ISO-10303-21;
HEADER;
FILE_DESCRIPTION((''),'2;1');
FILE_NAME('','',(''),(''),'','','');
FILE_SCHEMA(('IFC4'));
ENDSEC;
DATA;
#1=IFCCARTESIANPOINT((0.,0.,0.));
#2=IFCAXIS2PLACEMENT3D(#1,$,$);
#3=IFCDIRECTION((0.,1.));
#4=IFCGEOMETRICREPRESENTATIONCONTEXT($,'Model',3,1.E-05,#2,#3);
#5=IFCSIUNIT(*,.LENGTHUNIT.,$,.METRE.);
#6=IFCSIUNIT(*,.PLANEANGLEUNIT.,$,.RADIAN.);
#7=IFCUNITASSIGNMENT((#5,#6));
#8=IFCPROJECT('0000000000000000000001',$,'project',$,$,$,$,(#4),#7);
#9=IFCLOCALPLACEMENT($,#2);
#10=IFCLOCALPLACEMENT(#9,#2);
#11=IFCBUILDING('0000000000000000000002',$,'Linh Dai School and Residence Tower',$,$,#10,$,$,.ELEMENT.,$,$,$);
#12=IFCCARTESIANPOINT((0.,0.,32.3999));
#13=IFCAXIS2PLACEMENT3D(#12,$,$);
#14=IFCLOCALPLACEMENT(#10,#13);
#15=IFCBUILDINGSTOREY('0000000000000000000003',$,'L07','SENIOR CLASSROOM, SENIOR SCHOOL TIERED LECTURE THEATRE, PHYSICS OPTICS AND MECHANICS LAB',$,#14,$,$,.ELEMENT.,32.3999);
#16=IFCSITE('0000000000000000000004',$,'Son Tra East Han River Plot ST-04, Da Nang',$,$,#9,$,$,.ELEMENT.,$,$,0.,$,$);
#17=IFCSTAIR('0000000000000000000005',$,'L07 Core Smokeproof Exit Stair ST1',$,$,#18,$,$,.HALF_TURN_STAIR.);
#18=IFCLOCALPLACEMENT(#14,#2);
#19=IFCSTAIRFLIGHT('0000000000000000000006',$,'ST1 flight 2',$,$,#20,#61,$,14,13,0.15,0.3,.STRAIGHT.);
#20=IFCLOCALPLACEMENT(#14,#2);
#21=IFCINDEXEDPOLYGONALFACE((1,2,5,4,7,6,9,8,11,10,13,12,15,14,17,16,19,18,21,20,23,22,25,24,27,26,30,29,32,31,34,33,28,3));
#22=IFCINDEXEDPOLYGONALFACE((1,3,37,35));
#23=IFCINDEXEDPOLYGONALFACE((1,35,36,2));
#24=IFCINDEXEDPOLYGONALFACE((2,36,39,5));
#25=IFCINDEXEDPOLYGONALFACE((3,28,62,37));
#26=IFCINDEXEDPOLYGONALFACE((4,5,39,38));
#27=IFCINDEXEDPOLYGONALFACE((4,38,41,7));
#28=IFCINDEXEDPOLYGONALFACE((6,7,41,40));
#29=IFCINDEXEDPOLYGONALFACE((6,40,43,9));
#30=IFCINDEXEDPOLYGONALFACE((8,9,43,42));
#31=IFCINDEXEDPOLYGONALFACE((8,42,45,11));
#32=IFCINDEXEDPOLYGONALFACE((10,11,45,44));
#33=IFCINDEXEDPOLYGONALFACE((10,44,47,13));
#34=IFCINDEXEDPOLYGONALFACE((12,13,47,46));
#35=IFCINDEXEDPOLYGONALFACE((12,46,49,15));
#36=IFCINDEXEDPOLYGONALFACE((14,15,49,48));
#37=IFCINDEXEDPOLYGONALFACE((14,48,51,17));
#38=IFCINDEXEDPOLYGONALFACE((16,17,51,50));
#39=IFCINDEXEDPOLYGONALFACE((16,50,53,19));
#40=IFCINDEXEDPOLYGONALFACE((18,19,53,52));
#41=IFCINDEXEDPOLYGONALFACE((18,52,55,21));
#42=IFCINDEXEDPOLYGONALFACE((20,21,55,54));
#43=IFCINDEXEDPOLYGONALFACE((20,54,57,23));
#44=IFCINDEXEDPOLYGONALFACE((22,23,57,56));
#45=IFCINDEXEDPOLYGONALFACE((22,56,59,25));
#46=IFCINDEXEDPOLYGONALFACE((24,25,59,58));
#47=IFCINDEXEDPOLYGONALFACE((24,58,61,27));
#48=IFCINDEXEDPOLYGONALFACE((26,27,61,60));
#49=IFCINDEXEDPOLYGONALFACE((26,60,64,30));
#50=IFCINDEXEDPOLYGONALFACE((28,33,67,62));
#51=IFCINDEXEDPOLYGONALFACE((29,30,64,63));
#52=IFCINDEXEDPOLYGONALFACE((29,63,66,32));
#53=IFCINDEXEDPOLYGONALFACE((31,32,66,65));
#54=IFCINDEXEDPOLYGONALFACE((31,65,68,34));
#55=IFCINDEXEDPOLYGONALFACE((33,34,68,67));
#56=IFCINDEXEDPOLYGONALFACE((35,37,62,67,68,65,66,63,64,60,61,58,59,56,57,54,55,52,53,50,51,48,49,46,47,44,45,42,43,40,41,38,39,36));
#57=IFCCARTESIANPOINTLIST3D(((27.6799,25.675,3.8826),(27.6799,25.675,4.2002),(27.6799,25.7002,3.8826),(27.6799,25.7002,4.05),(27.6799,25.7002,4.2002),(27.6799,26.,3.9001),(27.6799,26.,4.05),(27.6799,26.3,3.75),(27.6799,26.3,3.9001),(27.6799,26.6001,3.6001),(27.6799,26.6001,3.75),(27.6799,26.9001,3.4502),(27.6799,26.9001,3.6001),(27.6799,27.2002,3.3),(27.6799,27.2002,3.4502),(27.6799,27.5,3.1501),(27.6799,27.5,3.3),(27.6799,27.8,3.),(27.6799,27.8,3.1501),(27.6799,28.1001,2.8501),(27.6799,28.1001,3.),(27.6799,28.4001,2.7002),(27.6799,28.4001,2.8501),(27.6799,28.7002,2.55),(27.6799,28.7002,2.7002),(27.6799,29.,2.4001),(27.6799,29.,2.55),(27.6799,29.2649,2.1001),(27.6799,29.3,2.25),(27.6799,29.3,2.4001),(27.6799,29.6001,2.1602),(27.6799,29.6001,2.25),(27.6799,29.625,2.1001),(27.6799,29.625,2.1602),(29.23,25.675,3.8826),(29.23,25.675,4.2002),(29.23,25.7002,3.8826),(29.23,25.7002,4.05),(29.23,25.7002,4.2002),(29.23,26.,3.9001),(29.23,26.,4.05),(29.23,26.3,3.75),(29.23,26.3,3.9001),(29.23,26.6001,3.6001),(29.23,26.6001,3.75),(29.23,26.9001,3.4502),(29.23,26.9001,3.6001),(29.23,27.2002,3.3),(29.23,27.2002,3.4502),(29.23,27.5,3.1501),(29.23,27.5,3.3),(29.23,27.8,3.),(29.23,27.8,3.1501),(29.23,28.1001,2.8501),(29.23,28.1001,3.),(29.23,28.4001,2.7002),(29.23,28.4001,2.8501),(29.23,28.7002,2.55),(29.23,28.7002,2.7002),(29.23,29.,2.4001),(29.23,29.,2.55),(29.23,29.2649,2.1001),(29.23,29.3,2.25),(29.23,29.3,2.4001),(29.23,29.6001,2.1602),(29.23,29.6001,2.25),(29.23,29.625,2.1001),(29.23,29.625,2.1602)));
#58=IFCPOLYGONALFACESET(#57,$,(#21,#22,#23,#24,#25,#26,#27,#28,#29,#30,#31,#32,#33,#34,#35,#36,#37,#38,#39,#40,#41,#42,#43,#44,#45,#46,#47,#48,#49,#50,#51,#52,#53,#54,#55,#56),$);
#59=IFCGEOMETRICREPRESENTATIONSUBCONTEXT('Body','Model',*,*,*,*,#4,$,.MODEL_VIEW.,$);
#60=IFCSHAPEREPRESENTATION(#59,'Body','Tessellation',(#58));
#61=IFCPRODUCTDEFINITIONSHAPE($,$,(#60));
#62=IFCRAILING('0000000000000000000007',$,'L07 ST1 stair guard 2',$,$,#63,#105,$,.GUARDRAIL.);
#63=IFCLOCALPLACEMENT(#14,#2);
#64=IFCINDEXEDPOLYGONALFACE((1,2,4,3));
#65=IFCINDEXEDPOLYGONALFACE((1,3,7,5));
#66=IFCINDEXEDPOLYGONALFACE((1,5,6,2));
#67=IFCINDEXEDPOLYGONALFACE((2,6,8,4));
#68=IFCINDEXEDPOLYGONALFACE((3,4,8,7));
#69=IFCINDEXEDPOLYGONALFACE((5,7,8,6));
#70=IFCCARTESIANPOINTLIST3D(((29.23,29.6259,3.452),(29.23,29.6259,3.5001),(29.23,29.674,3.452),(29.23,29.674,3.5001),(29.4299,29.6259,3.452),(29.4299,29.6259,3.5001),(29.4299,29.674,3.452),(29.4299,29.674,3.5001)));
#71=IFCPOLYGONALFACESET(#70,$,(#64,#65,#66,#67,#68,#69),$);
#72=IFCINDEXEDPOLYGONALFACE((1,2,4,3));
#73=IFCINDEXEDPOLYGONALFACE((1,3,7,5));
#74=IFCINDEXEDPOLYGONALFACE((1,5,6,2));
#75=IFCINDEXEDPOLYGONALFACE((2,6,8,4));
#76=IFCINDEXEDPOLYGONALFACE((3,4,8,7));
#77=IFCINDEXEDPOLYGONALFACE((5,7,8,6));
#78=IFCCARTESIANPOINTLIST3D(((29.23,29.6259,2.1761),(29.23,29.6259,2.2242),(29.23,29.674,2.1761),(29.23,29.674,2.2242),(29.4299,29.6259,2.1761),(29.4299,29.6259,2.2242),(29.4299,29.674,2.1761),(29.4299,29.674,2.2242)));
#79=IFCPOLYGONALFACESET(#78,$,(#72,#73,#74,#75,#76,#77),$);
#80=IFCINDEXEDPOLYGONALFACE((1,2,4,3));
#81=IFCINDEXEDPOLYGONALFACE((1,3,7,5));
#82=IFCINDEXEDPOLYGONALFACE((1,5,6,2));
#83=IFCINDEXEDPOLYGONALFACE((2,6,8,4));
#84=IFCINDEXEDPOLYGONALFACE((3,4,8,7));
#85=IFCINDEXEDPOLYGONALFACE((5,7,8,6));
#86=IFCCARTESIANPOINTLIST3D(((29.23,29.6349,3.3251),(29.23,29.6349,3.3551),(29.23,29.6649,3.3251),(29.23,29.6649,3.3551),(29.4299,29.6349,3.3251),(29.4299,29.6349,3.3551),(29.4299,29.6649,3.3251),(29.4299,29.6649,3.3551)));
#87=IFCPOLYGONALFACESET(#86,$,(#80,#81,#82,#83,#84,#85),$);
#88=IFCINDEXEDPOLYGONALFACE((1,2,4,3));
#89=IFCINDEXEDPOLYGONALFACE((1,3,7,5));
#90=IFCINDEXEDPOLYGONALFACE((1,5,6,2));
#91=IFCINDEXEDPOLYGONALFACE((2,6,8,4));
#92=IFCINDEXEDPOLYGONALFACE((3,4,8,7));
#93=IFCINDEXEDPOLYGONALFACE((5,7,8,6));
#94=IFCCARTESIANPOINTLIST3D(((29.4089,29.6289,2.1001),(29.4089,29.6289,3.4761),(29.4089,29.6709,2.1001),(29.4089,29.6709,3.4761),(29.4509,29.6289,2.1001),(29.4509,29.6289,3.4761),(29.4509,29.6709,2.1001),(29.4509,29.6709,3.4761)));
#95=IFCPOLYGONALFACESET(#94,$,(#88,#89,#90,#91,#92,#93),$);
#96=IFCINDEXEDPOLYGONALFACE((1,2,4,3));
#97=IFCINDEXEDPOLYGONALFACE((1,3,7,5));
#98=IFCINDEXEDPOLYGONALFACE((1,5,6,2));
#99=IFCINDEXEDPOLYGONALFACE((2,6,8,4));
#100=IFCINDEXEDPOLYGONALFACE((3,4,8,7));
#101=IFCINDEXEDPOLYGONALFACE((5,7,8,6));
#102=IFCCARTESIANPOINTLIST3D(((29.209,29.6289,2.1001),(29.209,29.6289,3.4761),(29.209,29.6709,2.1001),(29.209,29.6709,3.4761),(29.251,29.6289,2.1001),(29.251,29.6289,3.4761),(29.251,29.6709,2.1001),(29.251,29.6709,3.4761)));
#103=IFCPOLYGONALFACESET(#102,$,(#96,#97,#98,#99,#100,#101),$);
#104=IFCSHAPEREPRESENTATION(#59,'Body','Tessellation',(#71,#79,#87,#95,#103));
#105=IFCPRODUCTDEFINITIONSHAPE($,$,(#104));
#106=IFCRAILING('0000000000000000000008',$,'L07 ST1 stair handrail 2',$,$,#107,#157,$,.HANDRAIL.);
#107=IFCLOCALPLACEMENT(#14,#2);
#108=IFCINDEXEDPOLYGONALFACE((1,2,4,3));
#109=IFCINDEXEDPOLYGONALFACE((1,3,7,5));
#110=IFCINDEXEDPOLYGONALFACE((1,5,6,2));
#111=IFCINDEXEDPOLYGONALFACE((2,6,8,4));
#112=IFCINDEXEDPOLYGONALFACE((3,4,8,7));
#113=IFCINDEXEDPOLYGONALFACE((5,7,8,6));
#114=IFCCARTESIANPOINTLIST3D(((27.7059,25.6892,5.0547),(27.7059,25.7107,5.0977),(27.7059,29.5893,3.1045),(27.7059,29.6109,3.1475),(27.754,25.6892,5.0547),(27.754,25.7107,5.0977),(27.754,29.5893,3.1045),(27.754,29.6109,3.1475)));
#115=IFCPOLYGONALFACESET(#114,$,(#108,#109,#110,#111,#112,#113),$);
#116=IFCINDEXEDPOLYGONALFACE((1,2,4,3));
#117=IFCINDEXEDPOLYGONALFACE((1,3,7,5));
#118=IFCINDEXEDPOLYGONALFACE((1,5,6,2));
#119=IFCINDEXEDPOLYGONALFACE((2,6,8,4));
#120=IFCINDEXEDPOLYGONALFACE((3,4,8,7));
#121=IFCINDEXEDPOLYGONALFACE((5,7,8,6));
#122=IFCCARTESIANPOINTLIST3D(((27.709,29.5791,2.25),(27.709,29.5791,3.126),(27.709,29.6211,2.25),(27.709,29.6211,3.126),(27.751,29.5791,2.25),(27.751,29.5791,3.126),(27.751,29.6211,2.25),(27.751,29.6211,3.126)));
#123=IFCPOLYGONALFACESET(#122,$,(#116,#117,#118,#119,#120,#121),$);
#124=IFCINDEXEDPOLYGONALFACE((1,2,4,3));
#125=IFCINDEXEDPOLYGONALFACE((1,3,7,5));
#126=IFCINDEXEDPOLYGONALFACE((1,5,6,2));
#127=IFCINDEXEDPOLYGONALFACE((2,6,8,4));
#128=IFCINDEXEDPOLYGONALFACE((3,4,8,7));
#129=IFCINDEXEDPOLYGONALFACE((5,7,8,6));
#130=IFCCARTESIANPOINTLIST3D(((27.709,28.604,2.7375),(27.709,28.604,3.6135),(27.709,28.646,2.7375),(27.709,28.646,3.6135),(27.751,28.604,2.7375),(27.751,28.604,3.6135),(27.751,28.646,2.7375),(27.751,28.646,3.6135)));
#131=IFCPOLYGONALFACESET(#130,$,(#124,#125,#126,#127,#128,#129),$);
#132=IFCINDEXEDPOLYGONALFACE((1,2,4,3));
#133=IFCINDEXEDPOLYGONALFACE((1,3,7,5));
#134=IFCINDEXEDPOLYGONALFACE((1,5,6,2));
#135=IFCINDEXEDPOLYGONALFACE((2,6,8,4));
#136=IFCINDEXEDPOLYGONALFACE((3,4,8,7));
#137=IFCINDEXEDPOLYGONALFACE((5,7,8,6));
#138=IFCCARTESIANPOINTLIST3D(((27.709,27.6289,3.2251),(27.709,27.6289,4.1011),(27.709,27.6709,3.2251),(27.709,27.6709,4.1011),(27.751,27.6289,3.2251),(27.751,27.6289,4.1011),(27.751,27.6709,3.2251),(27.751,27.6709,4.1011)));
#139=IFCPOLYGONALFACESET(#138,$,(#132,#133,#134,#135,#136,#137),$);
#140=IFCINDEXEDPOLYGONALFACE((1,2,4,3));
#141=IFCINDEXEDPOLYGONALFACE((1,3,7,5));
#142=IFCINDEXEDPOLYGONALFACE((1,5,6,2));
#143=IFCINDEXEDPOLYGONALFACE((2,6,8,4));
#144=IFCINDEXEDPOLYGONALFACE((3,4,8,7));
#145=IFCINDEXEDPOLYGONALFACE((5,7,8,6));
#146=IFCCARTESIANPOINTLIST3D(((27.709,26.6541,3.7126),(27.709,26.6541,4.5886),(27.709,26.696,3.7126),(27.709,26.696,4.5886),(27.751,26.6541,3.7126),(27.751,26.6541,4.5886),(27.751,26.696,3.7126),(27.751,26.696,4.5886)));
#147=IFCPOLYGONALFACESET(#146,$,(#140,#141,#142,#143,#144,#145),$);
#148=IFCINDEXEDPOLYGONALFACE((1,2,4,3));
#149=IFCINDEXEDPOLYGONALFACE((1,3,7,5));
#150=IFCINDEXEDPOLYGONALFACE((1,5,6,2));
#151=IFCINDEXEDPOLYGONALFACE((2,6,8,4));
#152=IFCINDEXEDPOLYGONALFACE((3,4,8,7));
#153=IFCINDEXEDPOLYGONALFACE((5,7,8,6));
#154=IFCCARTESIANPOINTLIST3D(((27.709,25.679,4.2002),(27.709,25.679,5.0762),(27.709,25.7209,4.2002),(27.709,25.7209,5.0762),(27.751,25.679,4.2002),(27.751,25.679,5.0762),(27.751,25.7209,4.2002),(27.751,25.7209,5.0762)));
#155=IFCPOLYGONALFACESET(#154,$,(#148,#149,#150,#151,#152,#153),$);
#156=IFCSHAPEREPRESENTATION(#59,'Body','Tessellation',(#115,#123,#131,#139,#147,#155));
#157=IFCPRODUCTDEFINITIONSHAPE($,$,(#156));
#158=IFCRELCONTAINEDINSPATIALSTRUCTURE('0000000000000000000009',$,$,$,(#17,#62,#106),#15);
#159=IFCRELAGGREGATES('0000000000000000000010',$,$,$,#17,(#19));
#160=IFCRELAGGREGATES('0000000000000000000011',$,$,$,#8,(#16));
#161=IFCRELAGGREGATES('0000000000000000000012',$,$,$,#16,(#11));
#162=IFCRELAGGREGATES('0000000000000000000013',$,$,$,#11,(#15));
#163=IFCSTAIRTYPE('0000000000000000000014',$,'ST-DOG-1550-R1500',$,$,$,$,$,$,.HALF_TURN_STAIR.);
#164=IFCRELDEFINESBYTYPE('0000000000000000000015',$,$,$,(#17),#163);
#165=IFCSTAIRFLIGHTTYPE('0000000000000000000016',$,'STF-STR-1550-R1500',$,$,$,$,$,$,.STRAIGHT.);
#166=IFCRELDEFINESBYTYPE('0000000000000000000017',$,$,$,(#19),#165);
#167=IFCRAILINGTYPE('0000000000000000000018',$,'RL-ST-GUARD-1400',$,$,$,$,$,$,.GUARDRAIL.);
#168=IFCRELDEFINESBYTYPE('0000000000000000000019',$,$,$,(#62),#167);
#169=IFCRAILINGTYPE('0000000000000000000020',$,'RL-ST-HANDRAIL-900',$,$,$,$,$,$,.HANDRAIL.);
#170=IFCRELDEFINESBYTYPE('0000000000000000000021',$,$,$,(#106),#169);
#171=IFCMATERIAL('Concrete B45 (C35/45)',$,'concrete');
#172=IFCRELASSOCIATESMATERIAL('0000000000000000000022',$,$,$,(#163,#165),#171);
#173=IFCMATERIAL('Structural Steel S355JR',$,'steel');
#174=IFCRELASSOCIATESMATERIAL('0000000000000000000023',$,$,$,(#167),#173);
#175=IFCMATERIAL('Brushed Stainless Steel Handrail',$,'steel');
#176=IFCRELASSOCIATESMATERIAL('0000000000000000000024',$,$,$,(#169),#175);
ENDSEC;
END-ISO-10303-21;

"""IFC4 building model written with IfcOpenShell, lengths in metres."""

from ifc_helpers import new_model, si_unit, direction, frame, origin, origin_2d, place, context, subcontext, project, spatial, polyline, rectangle, outline, extrude, source, transform, mapped, material, type_object, element, aggregate, save


model = new_model("IFC4")

# Units and contexts
model_context = context("Model", 3, precision=1e-05, world=origin(), true_north=direction((0.0, 1.0)))
body_context = subcontext(model_context, "Body", "Model", "MODEL_VIEW")
ifc_project = project(units=[si_unit("LENGTHUNIT", "METRE"), si_unit("PLANEANGLEUNIT", "RADIAN")], contexts=[model_context])

# Site, building, storey
site_placement = place(None, origin())
site = spatial("IfcSite", under=ifc_project, at=site_placement, Name="Son Tra East Han River Plot ST-04, Da Nang", CompositionType="ELEMENT", RefElevation=0.0)
building_placement = place(site_placement, origin())
building = spatial("IfcBuilding", under=site, at=building_placement, Name="Linh Dai School and Residence Tower", CompositionType="ELEMENT")
storey_placement = place(building_placement, frame((0.0, 0.0, 32.3999)))
storey = spatial("IfcBuildingStorey", under=building, at=storey_placement, Name="L07", Description="SENIOR CLASSROOM, SENIOR SCHOOL TIERED LECTURE THEATRE, PHYSICS OPTICS AND MECHANICS LAB", CompositionType="ELEMENT", Elevation=32.3999)

# Shared definitions
ifc_material_1 = material(Name="Structural Steel S355JR", Category="steel")

# Shared definitions
ifc_material_2 = material(Name="Concrete B45 (C35/45)", Category="concrete")

# Stair, stair flight
stair_type = type_object("IfcStairType", Name="ST-DOG-1550-R1500", PredefinedType="HALF_TURN_STAIR", material=ifc_material_2)
stair_placement = place(storey_placement, origin())
stair = element("IfcStair", 1, at=stair_placement, inside=storey, type_object=stair_type, Name="L07 Core Smokeproof Exit Stair ST1", PredefinedType="HALF_TURN_STAIR")
stair_flight_type = type_object("IfcStairFlightType", Name="STF-STR-1550-R1500", PredefinedType="STRAIGHT", material=ifc_material_2)
shared_shape_1 = source(origin(), body_context, "Body", "SweptSolid", [
    extrude(outline(polyline([(-0.0249, 0.0), (-0.0249, 0.0601), (0.0, 0.0601), (0.0, 0.1499), (0.3, 0.1499), (0.3, 0.3), (0.6001, 0.3), (0.6001, 0.45), (0.8999, 0.45), (0.8999, 0.6001), (1.2, 0.6001), (1.2, 0.75), (1.5, 0.75), (1.5, 0.8999), (1.8, 0.8999), (1.8, 1.05), (2.1001, 1.05), (2.1001, 1.2), (2.3999, 1.2), (2.3999, 1.3501), (2.7, 1.3501), (2.7, 1.5), (3.0, 1.5), (3.0, 1.6499), (3.3, 1.6499), (3.3, 1.8), (3.6001, 1.8), (3.6001, 1.95), (3.8999, 1.95), (3.8999, 2.1001), (3.925, 2.1001), (3.925, 1.7825), (3.8999, 1.7825), (0.3352, 0.0), (-0.0249, 0.0)])), frame((0.0, 0.7749, 0.0), z_axis=(0.0, -1.0, 0.0), x_axis=(1.0, 0.0, 0.0)), (0.0, 0.0, 1.0), 1.55),
])
stair_flight_placement = place(storey_placement, frame((28.4551, 29.6001, 2.1001), z_axis=(0.0, 0.0, 1.0), x_axis=(0.0, -1.0, 0.0)))
stair_flight = element("IfcStairFlight", 2, at=stair_flight_placement, type_object=stair_flight_type, Name="ST1 flight 2", NumberOfRisers=14, NumberOfTreads=13, PredefinedType="STRAIGHT", RiserHeight=0.15, TreadLength=0.3, context=body_context, shape_type="MappedRepresentation", body=[
    mapped(shared_shape_1, transform((0.0, 0.0, 0.0), x_axis=(1.0, 0.0, 0.0), y_axis=(0.0, 1.0, 0.0), z_axis=(0.0, 0.0, 1.0), scale=1.0)),
])
aggregate(stair, [stair_flight])

# Railings
railing_type_1 = type_object("IfcRailingType", Name="RL-ST-GUARD-1400", PredefinedType="GUARDRAIL", material=ifc_material_1)
shared_shape_2 = source(origin(), body_context, "Body", "SweptSolid", [
    extrude(rectangle(XDim=0.0481, YDim=0.0481, at=origin_2d()), frame((0.0, 0.0, 1.376), z_axis=(-1.0, 0.0, 0.0), x_axis=(0.0, -1.0, 0.0)), (0.0, 0.0, 1.0), 0.2),
    extrude(rectangle(XDim=0.0481, YDim=0.0481, at=origin_2d()), frame((0.0, 0.0, 0.1001), z_axis=(-1.0, 0.0, 0.0), x_axis=(0.0, -1.0, 0.0)), (0.0, 0.0, 1.0), 0.2),
    extrude(rectangle(XDim=0.03, YDim=0.03, at=origin_2d()), frame((0.0, 0.0, 1.24), z_axis=(-1.0, 0.0, 0.0), x_axis=(0.0, -1.0, 0.0)), (0.0, 0.0, 1.0), 0.2),
    extrude(rectangle(XDim=0.042, YDim=0.042, at=origin_2d()), origin(), (0.0, 0.0, 1.0), 1.376),
    extrude(rectangle(XDim=0.042, YDim=0.042, at=origin_2d()), frame((-0.2, 0.0, 0.0)), (0.0, 0.0, 1.0), 1.376),
])
railing_1_placement = place(storey_placement, frame((29.4299, 29.6499, 2.1001)))
element("IfcRailing", 3, at=railing_1_placement, inside=storey, type_object=railing_type_1, Name="L07 ST1 stair guard 2", PredefinedType="GUARDRAIL", context=body_context, shape_type="MappedRepresentation", body=[
    mapped(shared_shape_2, transform((0.0, 0.0, 0.0), x_axis=(1.0, 0.0, 0.0), y_axis=(0.0, 1.0, 0.0), z_axis=(0.0, 0.0, 1.0), scale=1.0)),
])
ifc_material_3 = material(Name="Brushed Stainless Steel Handrail", Category="steel")
railing_type_2 = type_object("IfcRailingType", Name="RL-ST-HANDRAIL-900", PredefinedType="HANDRAIL", material=ifc_material_3)
shared_shape_3 = source(origin(), body_context, "Body", "SweptSolid", [
    extrude(rectangle(XDim=0.0481, YDim=0.0481, at=origin_2d()), frame((0.0, 0.0, 0.876), z_axis=(0.0, -0.894416, 0.447236), x_axis=(1.0, 0.0, 0.0)), (0.0, 0.0, 1.0), 4.3606),
    extrude(rectangle(XDim=0.042, YDim=0.042, at=origin_2d()), origin(), (0.0, 0.0, 1.0), 0.876),
    extrude(rectangle(XDim=0.042, YDim=0.042, at=origin_2d()), frame((0.0, -0.9751, 0.4875)), (0.0, 0.0, 1.0), 0.876),
    extrude(rectangle(XDim=0.042, YDim=0.042, at=origin_2d()), frame((0.0, -1.9502, 0.9751)), (0.0, 0.0, 1.0), 0.876),
    extrude(rectangle(XDim=0.042, YDim=0.042, at=origin_2d()), frame((0.0, -2.925, 1.4626)), (0.0, 0.0, 1.0), 0.876),
    extrude(rectangle(XDim=0.042, YDim=0.042, at=origin_2d()), frame((0.0, -3.9001, 1.9502)), (0.0, 0.0, 1.0), 0.876),
])
railing_2_placement = place(storey_placement, frame((27.73, 29.6001, 2.25)))
element("IfcRailing", 4, at=railing_2_placement, inside=storey, type_object=railing_type_2, Name="L07 ST1 stair handrail 2", PredefinedType="HANDRAIL", context=body_context, shape_type="MappedRepresentation", body=[
    mapped(shared_shape_3, transform((0.0, 0.0, 0.0), x_axis=(1.0, 0.0, 0.0), y_axis=(0.0, 1.0, 0.0), z_axis=(0.0, 0.0, 1.0), scale=1.0)),
])

save(model, "model.ifc")
